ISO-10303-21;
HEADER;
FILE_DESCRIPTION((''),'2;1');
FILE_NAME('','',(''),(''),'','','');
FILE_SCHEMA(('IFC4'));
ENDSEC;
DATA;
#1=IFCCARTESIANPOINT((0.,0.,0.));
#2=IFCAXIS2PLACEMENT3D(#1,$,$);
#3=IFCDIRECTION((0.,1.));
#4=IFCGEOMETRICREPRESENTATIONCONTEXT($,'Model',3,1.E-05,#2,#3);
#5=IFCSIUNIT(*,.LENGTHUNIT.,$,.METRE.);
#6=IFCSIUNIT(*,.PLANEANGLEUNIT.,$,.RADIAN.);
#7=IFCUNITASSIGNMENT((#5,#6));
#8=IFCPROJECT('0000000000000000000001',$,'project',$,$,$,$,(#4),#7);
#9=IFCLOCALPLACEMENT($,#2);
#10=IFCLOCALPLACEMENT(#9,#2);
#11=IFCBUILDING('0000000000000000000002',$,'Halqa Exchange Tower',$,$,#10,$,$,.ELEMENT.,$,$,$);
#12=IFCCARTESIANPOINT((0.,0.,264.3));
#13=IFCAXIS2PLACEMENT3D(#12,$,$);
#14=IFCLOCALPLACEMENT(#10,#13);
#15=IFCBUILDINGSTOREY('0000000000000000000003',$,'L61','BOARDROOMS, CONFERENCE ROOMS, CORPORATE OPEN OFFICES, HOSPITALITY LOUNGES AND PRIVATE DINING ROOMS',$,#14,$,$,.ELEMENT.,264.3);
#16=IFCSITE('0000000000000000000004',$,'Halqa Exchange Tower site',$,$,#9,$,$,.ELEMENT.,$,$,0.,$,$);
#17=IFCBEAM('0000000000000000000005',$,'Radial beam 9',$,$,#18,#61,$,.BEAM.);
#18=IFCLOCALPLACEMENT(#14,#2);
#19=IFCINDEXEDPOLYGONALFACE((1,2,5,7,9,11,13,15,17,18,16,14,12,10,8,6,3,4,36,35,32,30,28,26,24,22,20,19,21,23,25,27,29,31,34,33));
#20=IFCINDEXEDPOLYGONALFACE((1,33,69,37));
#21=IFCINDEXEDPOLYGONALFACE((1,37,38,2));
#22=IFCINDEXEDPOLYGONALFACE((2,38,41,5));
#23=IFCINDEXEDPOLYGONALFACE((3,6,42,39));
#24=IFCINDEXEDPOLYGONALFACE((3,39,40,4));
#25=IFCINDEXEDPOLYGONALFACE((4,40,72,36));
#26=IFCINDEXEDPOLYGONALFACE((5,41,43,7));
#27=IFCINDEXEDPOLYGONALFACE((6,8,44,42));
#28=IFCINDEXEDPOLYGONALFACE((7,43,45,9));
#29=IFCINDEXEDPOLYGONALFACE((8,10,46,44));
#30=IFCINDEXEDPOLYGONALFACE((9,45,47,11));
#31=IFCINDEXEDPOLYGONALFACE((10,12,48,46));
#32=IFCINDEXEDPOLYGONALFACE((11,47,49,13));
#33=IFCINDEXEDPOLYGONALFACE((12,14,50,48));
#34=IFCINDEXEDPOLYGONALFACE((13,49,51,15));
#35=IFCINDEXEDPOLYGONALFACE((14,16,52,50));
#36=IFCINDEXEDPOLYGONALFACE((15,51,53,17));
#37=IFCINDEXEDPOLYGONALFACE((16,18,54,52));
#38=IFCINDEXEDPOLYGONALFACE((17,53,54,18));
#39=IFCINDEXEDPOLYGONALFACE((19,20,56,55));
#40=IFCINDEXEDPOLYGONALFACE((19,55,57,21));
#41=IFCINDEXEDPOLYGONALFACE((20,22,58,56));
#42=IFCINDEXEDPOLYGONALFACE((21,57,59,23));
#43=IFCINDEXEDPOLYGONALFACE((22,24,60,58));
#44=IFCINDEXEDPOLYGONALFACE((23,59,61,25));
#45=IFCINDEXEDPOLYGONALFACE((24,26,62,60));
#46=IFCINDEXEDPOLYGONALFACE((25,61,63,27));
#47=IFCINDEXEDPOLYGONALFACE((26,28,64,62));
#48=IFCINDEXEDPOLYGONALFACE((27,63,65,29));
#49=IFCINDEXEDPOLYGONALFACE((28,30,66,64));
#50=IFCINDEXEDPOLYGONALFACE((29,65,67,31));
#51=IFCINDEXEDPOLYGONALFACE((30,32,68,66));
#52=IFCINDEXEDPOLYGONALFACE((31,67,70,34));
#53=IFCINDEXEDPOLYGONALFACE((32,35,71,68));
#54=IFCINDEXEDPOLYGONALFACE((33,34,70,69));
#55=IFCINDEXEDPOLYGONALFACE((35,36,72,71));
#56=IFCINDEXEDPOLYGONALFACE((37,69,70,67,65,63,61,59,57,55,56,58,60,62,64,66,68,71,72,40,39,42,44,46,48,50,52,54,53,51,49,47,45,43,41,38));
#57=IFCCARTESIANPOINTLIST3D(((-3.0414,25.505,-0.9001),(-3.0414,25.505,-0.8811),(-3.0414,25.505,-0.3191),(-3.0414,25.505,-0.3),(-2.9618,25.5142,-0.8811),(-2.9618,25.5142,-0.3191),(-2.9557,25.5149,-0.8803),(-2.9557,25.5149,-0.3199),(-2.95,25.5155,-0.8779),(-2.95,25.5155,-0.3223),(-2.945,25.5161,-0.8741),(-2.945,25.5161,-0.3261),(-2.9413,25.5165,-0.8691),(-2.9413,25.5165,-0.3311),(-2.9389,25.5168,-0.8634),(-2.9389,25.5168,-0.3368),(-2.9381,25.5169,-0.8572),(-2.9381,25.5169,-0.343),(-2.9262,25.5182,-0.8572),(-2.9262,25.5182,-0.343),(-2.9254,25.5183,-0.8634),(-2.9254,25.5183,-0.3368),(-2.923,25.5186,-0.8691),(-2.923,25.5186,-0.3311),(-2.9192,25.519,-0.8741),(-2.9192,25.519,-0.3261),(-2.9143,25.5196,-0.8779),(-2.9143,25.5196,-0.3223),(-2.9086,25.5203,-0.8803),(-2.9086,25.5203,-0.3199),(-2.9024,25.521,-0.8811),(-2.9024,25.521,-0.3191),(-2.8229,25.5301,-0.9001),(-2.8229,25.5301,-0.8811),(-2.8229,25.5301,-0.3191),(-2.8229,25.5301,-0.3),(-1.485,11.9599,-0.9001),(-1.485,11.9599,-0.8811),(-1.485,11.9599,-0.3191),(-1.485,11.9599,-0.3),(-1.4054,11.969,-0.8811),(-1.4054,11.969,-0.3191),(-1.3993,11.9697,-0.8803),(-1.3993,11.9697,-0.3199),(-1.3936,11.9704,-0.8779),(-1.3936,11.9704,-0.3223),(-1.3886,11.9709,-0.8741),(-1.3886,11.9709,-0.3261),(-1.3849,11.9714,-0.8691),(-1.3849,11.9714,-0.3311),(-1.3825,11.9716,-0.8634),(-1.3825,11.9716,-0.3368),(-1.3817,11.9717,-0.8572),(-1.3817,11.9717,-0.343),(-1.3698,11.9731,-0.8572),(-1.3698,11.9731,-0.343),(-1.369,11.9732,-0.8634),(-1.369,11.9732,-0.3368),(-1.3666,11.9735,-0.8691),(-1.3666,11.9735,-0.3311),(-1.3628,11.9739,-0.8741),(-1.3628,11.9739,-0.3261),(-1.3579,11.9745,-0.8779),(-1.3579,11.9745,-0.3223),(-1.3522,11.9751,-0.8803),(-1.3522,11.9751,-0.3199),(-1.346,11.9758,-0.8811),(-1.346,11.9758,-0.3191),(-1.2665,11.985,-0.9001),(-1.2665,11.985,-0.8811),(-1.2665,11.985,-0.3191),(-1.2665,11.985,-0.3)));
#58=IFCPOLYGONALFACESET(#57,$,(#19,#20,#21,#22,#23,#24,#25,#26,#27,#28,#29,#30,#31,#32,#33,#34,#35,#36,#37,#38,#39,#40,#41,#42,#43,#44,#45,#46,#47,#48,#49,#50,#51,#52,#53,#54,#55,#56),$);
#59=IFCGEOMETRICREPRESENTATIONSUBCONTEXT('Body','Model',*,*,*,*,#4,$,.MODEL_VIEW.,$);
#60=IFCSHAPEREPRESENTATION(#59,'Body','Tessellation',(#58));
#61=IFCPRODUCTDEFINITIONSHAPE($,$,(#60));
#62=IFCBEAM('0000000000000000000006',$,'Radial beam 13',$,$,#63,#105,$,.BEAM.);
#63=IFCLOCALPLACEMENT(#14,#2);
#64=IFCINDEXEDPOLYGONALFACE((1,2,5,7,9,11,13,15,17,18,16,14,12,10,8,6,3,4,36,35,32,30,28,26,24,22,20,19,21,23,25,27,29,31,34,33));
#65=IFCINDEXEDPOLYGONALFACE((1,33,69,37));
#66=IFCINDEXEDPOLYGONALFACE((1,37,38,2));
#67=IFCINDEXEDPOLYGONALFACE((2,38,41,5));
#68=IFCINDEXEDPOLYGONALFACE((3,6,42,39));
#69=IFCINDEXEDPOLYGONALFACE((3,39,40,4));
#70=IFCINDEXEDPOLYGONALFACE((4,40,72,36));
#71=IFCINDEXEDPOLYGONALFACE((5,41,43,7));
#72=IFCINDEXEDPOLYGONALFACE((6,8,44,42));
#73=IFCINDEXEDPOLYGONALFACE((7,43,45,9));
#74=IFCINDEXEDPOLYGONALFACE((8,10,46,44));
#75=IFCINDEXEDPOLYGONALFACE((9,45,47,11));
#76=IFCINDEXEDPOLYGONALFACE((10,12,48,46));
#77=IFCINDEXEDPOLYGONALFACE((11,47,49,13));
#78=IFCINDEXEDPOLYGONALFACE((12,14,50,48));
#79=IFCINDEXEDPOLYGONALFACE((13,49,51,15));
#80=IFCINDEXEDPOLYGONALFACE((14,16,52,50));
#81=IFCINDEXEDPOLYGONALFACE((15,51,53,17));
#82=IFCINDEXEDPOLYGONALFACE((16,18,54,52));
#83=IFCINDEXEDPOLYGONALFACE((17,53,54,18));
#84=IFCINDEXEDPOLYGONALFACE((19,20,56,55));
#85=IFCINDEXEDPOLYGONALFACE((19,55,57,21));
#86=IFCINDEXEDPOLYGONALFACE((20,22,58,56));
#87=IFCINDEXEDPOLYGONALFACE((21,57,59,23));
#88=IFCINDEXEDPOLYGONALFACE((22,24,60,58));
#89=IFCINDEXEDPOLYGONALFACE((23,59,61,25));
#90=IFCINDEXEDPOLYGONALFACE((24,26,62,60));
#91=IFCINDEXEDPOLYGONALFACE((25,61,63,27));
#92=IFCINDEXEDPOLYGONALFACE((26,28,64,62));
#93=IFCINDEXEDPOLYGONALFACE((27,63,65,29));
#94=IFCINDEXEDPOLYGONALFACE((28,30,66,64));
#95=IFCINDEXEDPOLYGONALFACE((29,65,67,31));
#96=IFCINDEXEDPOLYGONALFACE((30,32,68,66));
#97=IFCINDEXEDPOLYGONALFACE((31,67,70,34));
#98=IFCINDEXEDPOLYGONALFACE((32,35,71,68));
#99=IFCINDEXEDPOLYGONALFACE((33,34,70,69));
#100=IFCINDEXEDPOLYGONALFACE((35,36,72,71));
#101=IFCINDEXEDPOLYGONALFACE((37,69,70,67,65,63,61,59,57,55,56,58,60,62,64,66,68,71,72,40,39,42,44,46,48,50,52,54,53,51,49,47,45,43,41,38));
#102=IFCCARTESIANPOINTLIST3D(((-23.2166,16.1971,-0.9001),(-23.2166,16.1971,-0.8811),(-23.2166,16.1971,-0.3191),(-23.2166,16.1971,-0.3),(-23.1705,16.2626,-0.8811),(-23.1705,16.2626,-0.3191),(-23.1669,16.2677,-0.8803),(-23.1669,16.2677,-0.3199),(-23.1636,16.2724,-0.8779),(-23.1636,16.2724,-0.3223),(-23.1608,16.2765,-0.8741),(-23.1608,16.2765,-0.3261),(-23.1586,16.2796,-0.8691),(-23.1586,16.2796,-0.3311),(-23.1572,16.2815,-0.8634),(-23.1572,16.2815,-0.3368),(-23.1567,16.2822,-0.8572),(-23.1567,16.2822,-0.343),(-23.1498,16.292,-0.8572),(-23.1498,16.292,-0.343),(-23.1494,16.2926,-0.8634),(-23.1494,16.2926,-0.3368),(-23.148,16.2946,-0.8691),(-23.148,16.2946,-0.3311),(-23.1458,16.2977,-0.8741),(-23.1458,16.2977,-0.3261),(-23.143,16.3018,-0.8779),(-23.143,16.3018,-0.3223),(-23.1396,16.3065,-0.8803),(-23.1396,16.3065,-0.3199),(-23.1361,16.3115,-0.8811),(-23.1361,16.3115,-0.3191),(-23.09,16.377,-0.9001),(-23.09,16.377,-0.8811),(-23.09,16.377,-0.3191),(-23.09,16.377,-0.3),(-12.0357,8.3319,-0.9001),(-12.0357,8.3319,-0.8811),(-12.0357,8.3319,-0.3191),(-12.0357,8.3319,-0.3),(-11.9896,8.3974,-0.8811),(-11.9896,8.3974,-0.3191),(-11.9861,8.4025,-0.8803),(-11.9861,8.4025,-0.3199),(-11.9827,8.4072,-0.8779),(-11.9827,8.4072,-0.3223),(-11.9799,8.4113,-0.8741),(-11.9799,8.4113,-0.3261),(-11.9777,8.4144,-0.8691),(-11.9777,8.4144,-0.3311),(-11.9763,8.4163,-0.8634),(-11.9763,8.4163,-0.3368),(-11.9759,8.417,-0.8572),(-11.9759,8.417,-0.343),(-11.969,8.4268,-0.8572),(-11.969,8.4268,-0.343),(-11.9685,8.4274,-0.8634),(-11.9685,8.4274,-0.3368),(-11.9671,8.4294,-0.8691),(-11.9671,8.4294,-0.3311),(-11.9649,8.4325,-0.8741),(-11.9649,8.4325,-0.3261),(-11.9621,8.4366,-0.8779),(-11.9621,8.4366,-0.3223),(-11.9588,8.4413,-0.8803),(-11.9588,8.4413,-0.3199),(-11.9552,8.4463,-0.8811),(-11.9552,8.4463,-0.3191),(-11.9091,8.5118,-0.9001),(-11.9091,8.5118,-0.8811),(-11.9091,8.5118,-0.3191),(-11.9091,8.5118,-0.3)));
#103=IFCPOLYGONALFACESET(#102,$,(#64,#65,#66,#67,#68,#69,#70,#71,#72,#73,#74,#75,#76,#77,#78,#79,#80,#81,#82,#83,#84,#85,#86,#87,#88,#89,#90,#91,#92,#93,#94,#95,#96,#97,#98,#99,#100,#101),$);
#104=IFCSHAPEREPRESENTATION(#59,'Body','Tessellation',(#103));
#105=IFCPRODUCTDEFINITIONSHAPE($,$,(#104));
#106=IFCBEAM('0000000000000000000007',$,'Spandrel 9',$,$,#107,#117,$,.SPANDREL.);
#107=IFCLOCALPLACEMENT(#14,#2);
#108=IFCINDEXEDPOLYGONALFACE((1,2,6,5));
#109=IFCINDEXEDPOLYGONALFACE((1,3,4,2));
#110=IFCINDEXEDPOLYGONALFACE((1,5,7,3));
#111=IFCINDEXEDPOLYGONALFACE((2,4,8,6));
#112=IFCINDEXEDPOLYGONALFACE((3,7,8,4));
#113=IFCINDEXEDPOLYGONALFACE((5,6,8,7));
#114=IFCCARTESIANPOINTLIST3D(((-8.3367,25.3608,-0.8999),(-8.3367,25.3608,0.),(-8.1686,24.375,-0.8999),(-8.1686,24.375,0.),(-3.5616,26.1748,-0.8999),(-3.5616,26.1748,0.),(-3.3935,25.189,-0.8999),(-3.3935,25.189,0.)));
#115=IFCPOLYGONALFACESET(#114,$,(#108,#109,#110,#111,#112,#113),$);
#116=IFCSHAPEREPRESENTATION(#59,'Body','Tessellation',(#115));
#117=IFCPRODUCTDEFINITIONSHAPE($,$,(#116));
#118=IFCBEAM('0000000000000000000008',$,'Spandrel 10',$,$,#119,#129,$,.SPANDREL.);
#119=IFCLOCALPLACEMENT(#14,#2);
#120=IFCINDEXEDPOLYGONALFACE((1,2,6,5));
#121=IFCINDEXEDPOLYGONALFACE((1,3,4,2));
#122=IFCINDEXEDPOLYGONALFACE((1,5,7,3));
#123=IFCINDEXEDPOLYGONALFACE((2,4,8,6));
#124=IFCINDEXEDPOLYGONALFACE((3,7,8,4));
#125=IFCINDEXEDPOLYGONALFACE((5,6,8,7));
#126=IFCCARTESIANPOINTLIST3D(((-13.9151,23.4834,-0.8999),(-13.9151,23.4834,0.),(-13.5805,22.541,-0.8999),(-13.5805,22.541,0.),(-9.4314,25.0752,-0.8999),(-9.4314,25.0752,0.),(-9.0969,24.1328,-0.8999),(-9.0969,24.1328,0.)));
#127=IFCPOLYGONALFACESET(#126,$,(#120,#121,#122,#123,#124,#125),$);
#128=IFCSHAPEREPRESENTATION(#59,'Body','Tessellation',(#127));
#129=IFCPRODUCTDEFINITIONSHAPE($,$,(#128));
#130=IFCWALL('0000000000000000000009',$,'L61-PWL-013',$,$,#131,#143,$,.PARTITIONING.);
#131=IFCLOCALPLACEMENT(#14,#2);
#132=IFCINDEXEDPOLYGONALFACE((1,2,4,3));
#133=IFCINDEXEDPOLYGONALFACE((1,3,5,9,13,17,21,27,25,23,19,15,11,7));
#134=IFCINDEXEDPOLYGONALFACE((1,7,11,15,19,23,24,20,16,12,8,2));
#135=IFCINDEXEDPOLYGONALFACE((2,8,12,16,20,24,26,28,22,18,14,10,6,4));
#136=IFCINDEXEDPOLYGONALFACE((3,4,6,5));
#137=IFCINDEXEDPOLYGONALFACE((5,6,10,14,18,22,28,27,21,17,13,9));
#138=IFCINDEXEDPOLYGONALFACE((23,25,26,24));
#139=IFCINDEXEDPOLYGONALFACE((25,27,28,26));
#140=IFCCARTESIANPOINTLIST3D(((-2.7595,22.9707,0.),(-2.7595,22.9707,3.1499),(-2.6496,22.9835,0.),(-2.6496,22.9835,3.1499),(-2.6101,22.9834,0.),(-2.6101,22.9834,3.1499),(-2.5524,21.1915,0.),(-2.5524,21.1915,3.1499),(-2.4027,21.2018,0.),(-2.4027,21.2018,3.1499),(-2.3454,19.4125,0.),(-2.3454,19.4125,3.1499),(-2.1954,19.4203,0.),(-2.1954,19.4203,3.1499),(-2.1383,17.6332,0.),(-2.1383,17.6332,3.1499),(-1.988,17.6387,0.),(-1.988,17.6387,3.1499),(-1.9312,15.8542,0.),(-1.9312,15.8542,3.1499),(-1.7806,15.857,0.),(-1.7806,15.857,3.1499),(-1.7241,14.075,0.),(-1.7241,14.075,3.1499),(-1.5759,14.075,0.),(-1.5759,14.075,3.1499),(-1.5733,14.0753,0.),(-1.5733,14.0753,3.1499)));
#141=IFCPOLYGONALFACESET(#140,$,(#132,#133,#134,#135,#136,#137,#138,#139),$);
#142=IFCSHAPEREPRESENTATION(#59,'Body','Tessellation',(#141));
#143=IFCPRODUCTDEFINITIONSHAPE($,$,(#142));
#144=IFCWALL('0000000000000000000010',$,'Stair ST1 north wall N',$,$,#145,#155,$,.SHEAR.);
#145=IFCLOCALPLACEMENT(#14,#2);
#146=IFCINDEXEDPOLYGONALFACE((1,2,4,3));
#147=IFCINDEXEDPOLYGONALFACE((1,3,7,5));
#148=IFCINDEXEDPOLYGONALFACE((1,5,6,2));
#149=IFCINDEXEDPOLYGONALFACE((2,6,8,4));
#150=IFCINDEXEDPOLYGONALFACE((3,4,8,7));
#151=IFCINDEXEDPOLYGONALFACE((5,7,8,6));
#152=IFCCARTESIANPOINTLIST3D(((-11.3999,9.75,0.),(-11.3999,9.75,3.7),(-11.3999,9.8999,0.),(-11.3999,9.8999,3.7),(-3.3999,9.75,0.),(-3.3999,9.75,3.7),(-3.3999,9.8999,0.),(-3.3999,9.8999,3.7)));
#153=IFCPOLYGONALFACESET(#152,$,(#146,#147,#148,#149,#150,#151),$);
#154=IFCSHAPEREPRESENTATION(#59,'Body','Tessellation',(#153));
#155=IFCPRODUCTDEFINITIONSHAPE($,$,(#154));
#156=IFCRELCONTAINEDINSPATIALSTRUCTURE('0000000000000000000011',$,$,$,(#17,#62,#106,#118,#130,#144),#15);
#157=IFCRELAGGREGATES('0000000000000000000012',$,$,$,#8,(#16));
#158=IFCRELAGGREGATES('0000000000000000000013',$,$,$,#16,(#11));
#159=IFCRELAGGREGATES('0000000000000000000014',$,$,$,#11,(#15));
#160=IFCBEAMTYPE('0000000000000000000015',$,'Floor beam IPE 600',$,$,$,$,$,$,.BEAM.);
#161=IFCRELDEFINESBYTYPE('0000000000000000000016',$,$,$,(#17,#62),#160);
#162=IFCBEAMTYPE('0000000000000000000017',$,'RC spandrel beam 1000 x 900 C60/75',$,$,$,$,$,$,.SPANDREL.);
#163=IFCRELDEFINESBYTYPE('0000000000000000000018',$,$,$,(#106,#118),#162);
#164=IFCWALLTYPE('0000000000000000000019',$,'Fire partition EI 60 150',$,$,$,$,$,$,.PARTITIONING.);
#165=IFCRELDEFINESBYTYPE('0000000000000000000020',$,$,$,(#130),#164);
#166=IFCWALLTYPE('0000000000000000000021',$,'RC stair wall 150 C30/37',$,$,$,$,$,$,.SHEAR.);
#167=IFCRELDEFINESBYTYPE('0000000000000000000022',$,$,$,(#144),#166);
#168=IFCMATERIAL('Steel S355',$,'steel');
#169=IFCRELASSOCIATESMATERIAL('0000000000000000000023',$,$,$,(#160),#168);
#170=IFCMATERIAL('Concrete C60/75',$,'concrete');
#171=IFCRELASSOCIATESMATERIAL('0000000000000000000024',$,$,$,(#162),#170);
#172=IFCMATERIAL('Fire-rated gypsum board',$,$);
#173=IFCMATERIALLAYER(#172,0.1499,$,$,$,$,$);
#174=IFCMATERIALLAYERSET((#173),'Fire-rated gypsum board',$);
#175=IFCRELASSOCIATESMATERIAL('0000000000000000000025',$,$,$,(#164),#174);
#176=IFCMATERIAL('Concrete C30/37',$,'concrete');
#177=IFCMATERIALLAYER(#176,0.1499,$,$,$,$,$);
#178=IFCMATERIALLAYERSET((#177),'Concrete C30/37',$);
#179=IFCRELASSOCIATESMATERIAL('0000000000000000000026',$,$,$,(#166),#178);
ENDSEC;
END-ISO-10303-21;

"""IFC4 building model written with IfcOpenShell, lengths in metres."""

from ifc_helpers import new_model, si_unit, direction, frame, frame_2d, origin, origin_2d, place, context, subcontext, project, spatial, polyline, rectangle, i_section, outline, extrude, material, layer, layer_set, material_profile, profile_set, type_object, element, save


model = new_model("IFC4")

# Units and contexts
model_context = context("Model", 3, precision=1e-05, world=origin(), true_north=direction((0.0, 1.0)))
body_context = subcontext(model_context, "Body", "Model", "MODEL_VIEW")
ifc_project = project(units=[si_unit("LENGTHUNIT", "METRE"), si_unit("PLANEANGLEUNIT", "RADIAN")], contexts=[model_context])

# Site, building, storey
site_placement = place(None, origin())
site = spatial("IfcSite", under=ifc_project, at=site_placement, Name="Halqa Exchange Tower site", CompositionType="ELEMENT", RefElevation=0.0)
building_placement = place(site_placement, origin())
building = spatial("IfcBuilding", under=site, at=building_placement, Name="Halqa Exchange Tower", CompositionType="ELEMENT")
storey_placement = place(building_placement, frame((0.0, 0.0, 264.3)))
storey = spatial("IfcBuildingStorey", under=building, at=storey_placement, Name="L61", Description="BOARDROOMS, CONFERENCE ROOMS, CORPORATE OPEN OFFICES, HOSPITALITY LOUNGES AND PRIVATE DINING ROOMS", CompositionType="ELEMENT", Elevation=264.3)

# Shared definitions
ifc_material_1 = material(Name="Concrete C60/75", Category="concrete")

# Beams
ifc_material_2 = material(Name="Steel S355", Category="steel")
ifc_material_profile_1 = material_profile(ifc_material_2, i_section(OverallWidth=0.22, OverallDepth=0.6001, WebThickness=0.012, FlangeThickness=0.019, FilletRadius=0.0239, at=origin_2d()), Name="IPE 600")
ifc_profile_set_1 = profile_set([ifc_material_profile_1], Name="Steel S355")
beam_type_1 = type_object("IfcBeamType", Name="Floor beam IPE 600", PredefinedType="BEAM", material=ifc_profile_set_1)
beam_1_placement = place(storey_placement, frame((-1.3757, 11.9724, -0.6001), z_axis=(-0.114153, 0.993463, 0.0), x_axis=(-0.993463, -0.114153, 0.0)))
element("IfcBeam", 1, at=beam_1_placement, inside=storey, type_object=beam_type_1, Name="Radial beam 9", PredefinedType="BEAM", context=body_context, shape_type="SweptSolid", body=[
    extrude(i_section(OverallWidth=0.22, OverallDepth=0.6001, WebThickness=0.012, FlangeThickness=0.019, FilletRadius=0.0239, at=origin_2d()), origin(), (0.0, 0.0, 1.0), 13.6343),
])
beam_2_placement = place(storey_placement, frame((-11.9724, 8.4219, -0.6001), z_axis=(-0.817903, 0.575356, 0.0), x_axis=(-0.575356, -0.817903, 0.0)))
element("IfcBeam", 2, at=beam_2_placement, inside=storey, type_object=beam_type_1, Name="Radial beam 13", PredefinedType="BEAM", context=body_context, shape_type="SweptSolid", body=[
    extrude(i_section(OverallWidth=0.22, OverallDepth=0.6001, WebThickness=0.012, FlangeThickness=0.019, FilletRadius=0.0239, at=origin_2d()), origin(), (0.0, 0.0, 1.0), 13.6702),
])
ifc_material_profile_2 = material_profile(ifc_material_1, rectangle(XDim=1.0, YDim=0.8999, at=origin_2d()), Name="1000 x 900")
ifc_profile_set_2 = profile_set([ifc_material_profile_2], Name="Concrete C60/75")
beam_type_2 = type_object("IfcBeamType", Name="RC spandrel beam 1000 x 900 C60/75", PredefinedType="SPANDREL", material=ifc_profile_set_2)
beam_3_placement = place(storey_placement, frame((-3.4775, 25.6819, -0.45), z_axis=(-0.985781, -0.168035, 0.0), x_axis=(0.168035, -0.985781, 0.0)))
element("IfcBeam", 3, at=beam_3_placement, inside=storey, type_object=beam_type_2, Name="Spandrel 9", PredefinedType="SPANDREL", context=body_context, shape_type="SweptSolid", body=[
    extrude(rectangle(XDim=1.0, YDim=0.8999, at=origin_2d()), origin(), (0.0, 0.0, 1.0), 4.844),
])
beam_4_placement = place(storey_placement, frame((-9.2642, 24.604, -0.45), z_axis=(-0.942373, -0.334564, 0.0), x_axis=(0.334564, -0.942373, 0.0)))
element("IfcBeam", 4, at=beam_4_placement, inside=storey, type_object=beam_type_2, Name="Spandrel 10", PredefinedType="SPANDREL", context=body_context, shape_type="SweptSolid", body=[
    extrude(rectangle(XDim=1.0, YDim=0.8999, at=origin_2d()), origin(), (0.0, 0.0, 1.0), 4.7578),
])

# Walls
ifc_material_3 = material(Name="Fire-rated gypsum board")
ifc_layer_1 = layer(ifc_material_3, 0.1499)
ifc_layer_set_1 = layer_set([ifc_layer_1], Name="Fire-rated gypsum board")
wall_type_1 = type_object("IfcWallType", Name="Fire partition EI 60 150", PredefinedType="PARTITIONING", material=ifc_layer_set_1)
wall_1_placement = place(storey_placement, frame((-1.6477, 14.0667, 0.0), z_axis=(0.0, 0.0, 1.0), x_axis=(-0.115608, 0.993295, 0.0)))
element("IfcWall", 5, at=wall_1_placement, inside=storey, type_object=wall_type_1, Name="L61-PWL-013", PredefinedType="PARTITIONING", context=body_context, shape_type="SweptSolid", body=[
    extrude(outline(polyline([(0.0, -0.075), (1.7937, -0.075), (3.5874, -0.075), (5.3811, -0.075), (7.1746, -0.075), (8.9683, -0.075), (8.9729, -0.0356), (8.9729, 0.075), (7.1816, 0.075), (5.3906, 0.075), (3.5994, 0.075), (1.8083, 0.075), (0.0171, 0.075), (0.0, -0.0723), (0.0, -0.075)])), origin(), (0.0, 0.0, 1.0), 3.1499),
])
ifc_material_4 = material(Name="Concrete C30/37", Category="concrete")
ifc_layer_2 = layer(ifc_material_4, 0.1499)
ifc_layer_set_2 = layer_set([ifc_layer_2], Name="Concrete C30/37")
wall_type_2 = type_object("IfcWallType", Name="RC stair wall 150 C30/37", PredefinedType="SHEAR", material=ifc_layer_set_2)
wall_2_placement = place(storey_placement, frame((-11.3999, 9.825, 0.0), z_axis=(0.0, 0.0, 1.0), x_axis=(1.0, 0.0, 0.0)))
element("IfcWall", 6, at=wall_2_placement, inside=storey, type_object=wall_type_2, Name="Stair ST1 north wall N", PredefinedType="SHEAR", context=body_context, shape_type="SweptSolid", body=[
    extrude(rectangle(XDim=8.0, YDim=0.1499, at=frame_2d((4.0, 0.0))), origin(), (0.0, 0.0, 1.0), 3.7),
])

save(model, "model.ifc")
